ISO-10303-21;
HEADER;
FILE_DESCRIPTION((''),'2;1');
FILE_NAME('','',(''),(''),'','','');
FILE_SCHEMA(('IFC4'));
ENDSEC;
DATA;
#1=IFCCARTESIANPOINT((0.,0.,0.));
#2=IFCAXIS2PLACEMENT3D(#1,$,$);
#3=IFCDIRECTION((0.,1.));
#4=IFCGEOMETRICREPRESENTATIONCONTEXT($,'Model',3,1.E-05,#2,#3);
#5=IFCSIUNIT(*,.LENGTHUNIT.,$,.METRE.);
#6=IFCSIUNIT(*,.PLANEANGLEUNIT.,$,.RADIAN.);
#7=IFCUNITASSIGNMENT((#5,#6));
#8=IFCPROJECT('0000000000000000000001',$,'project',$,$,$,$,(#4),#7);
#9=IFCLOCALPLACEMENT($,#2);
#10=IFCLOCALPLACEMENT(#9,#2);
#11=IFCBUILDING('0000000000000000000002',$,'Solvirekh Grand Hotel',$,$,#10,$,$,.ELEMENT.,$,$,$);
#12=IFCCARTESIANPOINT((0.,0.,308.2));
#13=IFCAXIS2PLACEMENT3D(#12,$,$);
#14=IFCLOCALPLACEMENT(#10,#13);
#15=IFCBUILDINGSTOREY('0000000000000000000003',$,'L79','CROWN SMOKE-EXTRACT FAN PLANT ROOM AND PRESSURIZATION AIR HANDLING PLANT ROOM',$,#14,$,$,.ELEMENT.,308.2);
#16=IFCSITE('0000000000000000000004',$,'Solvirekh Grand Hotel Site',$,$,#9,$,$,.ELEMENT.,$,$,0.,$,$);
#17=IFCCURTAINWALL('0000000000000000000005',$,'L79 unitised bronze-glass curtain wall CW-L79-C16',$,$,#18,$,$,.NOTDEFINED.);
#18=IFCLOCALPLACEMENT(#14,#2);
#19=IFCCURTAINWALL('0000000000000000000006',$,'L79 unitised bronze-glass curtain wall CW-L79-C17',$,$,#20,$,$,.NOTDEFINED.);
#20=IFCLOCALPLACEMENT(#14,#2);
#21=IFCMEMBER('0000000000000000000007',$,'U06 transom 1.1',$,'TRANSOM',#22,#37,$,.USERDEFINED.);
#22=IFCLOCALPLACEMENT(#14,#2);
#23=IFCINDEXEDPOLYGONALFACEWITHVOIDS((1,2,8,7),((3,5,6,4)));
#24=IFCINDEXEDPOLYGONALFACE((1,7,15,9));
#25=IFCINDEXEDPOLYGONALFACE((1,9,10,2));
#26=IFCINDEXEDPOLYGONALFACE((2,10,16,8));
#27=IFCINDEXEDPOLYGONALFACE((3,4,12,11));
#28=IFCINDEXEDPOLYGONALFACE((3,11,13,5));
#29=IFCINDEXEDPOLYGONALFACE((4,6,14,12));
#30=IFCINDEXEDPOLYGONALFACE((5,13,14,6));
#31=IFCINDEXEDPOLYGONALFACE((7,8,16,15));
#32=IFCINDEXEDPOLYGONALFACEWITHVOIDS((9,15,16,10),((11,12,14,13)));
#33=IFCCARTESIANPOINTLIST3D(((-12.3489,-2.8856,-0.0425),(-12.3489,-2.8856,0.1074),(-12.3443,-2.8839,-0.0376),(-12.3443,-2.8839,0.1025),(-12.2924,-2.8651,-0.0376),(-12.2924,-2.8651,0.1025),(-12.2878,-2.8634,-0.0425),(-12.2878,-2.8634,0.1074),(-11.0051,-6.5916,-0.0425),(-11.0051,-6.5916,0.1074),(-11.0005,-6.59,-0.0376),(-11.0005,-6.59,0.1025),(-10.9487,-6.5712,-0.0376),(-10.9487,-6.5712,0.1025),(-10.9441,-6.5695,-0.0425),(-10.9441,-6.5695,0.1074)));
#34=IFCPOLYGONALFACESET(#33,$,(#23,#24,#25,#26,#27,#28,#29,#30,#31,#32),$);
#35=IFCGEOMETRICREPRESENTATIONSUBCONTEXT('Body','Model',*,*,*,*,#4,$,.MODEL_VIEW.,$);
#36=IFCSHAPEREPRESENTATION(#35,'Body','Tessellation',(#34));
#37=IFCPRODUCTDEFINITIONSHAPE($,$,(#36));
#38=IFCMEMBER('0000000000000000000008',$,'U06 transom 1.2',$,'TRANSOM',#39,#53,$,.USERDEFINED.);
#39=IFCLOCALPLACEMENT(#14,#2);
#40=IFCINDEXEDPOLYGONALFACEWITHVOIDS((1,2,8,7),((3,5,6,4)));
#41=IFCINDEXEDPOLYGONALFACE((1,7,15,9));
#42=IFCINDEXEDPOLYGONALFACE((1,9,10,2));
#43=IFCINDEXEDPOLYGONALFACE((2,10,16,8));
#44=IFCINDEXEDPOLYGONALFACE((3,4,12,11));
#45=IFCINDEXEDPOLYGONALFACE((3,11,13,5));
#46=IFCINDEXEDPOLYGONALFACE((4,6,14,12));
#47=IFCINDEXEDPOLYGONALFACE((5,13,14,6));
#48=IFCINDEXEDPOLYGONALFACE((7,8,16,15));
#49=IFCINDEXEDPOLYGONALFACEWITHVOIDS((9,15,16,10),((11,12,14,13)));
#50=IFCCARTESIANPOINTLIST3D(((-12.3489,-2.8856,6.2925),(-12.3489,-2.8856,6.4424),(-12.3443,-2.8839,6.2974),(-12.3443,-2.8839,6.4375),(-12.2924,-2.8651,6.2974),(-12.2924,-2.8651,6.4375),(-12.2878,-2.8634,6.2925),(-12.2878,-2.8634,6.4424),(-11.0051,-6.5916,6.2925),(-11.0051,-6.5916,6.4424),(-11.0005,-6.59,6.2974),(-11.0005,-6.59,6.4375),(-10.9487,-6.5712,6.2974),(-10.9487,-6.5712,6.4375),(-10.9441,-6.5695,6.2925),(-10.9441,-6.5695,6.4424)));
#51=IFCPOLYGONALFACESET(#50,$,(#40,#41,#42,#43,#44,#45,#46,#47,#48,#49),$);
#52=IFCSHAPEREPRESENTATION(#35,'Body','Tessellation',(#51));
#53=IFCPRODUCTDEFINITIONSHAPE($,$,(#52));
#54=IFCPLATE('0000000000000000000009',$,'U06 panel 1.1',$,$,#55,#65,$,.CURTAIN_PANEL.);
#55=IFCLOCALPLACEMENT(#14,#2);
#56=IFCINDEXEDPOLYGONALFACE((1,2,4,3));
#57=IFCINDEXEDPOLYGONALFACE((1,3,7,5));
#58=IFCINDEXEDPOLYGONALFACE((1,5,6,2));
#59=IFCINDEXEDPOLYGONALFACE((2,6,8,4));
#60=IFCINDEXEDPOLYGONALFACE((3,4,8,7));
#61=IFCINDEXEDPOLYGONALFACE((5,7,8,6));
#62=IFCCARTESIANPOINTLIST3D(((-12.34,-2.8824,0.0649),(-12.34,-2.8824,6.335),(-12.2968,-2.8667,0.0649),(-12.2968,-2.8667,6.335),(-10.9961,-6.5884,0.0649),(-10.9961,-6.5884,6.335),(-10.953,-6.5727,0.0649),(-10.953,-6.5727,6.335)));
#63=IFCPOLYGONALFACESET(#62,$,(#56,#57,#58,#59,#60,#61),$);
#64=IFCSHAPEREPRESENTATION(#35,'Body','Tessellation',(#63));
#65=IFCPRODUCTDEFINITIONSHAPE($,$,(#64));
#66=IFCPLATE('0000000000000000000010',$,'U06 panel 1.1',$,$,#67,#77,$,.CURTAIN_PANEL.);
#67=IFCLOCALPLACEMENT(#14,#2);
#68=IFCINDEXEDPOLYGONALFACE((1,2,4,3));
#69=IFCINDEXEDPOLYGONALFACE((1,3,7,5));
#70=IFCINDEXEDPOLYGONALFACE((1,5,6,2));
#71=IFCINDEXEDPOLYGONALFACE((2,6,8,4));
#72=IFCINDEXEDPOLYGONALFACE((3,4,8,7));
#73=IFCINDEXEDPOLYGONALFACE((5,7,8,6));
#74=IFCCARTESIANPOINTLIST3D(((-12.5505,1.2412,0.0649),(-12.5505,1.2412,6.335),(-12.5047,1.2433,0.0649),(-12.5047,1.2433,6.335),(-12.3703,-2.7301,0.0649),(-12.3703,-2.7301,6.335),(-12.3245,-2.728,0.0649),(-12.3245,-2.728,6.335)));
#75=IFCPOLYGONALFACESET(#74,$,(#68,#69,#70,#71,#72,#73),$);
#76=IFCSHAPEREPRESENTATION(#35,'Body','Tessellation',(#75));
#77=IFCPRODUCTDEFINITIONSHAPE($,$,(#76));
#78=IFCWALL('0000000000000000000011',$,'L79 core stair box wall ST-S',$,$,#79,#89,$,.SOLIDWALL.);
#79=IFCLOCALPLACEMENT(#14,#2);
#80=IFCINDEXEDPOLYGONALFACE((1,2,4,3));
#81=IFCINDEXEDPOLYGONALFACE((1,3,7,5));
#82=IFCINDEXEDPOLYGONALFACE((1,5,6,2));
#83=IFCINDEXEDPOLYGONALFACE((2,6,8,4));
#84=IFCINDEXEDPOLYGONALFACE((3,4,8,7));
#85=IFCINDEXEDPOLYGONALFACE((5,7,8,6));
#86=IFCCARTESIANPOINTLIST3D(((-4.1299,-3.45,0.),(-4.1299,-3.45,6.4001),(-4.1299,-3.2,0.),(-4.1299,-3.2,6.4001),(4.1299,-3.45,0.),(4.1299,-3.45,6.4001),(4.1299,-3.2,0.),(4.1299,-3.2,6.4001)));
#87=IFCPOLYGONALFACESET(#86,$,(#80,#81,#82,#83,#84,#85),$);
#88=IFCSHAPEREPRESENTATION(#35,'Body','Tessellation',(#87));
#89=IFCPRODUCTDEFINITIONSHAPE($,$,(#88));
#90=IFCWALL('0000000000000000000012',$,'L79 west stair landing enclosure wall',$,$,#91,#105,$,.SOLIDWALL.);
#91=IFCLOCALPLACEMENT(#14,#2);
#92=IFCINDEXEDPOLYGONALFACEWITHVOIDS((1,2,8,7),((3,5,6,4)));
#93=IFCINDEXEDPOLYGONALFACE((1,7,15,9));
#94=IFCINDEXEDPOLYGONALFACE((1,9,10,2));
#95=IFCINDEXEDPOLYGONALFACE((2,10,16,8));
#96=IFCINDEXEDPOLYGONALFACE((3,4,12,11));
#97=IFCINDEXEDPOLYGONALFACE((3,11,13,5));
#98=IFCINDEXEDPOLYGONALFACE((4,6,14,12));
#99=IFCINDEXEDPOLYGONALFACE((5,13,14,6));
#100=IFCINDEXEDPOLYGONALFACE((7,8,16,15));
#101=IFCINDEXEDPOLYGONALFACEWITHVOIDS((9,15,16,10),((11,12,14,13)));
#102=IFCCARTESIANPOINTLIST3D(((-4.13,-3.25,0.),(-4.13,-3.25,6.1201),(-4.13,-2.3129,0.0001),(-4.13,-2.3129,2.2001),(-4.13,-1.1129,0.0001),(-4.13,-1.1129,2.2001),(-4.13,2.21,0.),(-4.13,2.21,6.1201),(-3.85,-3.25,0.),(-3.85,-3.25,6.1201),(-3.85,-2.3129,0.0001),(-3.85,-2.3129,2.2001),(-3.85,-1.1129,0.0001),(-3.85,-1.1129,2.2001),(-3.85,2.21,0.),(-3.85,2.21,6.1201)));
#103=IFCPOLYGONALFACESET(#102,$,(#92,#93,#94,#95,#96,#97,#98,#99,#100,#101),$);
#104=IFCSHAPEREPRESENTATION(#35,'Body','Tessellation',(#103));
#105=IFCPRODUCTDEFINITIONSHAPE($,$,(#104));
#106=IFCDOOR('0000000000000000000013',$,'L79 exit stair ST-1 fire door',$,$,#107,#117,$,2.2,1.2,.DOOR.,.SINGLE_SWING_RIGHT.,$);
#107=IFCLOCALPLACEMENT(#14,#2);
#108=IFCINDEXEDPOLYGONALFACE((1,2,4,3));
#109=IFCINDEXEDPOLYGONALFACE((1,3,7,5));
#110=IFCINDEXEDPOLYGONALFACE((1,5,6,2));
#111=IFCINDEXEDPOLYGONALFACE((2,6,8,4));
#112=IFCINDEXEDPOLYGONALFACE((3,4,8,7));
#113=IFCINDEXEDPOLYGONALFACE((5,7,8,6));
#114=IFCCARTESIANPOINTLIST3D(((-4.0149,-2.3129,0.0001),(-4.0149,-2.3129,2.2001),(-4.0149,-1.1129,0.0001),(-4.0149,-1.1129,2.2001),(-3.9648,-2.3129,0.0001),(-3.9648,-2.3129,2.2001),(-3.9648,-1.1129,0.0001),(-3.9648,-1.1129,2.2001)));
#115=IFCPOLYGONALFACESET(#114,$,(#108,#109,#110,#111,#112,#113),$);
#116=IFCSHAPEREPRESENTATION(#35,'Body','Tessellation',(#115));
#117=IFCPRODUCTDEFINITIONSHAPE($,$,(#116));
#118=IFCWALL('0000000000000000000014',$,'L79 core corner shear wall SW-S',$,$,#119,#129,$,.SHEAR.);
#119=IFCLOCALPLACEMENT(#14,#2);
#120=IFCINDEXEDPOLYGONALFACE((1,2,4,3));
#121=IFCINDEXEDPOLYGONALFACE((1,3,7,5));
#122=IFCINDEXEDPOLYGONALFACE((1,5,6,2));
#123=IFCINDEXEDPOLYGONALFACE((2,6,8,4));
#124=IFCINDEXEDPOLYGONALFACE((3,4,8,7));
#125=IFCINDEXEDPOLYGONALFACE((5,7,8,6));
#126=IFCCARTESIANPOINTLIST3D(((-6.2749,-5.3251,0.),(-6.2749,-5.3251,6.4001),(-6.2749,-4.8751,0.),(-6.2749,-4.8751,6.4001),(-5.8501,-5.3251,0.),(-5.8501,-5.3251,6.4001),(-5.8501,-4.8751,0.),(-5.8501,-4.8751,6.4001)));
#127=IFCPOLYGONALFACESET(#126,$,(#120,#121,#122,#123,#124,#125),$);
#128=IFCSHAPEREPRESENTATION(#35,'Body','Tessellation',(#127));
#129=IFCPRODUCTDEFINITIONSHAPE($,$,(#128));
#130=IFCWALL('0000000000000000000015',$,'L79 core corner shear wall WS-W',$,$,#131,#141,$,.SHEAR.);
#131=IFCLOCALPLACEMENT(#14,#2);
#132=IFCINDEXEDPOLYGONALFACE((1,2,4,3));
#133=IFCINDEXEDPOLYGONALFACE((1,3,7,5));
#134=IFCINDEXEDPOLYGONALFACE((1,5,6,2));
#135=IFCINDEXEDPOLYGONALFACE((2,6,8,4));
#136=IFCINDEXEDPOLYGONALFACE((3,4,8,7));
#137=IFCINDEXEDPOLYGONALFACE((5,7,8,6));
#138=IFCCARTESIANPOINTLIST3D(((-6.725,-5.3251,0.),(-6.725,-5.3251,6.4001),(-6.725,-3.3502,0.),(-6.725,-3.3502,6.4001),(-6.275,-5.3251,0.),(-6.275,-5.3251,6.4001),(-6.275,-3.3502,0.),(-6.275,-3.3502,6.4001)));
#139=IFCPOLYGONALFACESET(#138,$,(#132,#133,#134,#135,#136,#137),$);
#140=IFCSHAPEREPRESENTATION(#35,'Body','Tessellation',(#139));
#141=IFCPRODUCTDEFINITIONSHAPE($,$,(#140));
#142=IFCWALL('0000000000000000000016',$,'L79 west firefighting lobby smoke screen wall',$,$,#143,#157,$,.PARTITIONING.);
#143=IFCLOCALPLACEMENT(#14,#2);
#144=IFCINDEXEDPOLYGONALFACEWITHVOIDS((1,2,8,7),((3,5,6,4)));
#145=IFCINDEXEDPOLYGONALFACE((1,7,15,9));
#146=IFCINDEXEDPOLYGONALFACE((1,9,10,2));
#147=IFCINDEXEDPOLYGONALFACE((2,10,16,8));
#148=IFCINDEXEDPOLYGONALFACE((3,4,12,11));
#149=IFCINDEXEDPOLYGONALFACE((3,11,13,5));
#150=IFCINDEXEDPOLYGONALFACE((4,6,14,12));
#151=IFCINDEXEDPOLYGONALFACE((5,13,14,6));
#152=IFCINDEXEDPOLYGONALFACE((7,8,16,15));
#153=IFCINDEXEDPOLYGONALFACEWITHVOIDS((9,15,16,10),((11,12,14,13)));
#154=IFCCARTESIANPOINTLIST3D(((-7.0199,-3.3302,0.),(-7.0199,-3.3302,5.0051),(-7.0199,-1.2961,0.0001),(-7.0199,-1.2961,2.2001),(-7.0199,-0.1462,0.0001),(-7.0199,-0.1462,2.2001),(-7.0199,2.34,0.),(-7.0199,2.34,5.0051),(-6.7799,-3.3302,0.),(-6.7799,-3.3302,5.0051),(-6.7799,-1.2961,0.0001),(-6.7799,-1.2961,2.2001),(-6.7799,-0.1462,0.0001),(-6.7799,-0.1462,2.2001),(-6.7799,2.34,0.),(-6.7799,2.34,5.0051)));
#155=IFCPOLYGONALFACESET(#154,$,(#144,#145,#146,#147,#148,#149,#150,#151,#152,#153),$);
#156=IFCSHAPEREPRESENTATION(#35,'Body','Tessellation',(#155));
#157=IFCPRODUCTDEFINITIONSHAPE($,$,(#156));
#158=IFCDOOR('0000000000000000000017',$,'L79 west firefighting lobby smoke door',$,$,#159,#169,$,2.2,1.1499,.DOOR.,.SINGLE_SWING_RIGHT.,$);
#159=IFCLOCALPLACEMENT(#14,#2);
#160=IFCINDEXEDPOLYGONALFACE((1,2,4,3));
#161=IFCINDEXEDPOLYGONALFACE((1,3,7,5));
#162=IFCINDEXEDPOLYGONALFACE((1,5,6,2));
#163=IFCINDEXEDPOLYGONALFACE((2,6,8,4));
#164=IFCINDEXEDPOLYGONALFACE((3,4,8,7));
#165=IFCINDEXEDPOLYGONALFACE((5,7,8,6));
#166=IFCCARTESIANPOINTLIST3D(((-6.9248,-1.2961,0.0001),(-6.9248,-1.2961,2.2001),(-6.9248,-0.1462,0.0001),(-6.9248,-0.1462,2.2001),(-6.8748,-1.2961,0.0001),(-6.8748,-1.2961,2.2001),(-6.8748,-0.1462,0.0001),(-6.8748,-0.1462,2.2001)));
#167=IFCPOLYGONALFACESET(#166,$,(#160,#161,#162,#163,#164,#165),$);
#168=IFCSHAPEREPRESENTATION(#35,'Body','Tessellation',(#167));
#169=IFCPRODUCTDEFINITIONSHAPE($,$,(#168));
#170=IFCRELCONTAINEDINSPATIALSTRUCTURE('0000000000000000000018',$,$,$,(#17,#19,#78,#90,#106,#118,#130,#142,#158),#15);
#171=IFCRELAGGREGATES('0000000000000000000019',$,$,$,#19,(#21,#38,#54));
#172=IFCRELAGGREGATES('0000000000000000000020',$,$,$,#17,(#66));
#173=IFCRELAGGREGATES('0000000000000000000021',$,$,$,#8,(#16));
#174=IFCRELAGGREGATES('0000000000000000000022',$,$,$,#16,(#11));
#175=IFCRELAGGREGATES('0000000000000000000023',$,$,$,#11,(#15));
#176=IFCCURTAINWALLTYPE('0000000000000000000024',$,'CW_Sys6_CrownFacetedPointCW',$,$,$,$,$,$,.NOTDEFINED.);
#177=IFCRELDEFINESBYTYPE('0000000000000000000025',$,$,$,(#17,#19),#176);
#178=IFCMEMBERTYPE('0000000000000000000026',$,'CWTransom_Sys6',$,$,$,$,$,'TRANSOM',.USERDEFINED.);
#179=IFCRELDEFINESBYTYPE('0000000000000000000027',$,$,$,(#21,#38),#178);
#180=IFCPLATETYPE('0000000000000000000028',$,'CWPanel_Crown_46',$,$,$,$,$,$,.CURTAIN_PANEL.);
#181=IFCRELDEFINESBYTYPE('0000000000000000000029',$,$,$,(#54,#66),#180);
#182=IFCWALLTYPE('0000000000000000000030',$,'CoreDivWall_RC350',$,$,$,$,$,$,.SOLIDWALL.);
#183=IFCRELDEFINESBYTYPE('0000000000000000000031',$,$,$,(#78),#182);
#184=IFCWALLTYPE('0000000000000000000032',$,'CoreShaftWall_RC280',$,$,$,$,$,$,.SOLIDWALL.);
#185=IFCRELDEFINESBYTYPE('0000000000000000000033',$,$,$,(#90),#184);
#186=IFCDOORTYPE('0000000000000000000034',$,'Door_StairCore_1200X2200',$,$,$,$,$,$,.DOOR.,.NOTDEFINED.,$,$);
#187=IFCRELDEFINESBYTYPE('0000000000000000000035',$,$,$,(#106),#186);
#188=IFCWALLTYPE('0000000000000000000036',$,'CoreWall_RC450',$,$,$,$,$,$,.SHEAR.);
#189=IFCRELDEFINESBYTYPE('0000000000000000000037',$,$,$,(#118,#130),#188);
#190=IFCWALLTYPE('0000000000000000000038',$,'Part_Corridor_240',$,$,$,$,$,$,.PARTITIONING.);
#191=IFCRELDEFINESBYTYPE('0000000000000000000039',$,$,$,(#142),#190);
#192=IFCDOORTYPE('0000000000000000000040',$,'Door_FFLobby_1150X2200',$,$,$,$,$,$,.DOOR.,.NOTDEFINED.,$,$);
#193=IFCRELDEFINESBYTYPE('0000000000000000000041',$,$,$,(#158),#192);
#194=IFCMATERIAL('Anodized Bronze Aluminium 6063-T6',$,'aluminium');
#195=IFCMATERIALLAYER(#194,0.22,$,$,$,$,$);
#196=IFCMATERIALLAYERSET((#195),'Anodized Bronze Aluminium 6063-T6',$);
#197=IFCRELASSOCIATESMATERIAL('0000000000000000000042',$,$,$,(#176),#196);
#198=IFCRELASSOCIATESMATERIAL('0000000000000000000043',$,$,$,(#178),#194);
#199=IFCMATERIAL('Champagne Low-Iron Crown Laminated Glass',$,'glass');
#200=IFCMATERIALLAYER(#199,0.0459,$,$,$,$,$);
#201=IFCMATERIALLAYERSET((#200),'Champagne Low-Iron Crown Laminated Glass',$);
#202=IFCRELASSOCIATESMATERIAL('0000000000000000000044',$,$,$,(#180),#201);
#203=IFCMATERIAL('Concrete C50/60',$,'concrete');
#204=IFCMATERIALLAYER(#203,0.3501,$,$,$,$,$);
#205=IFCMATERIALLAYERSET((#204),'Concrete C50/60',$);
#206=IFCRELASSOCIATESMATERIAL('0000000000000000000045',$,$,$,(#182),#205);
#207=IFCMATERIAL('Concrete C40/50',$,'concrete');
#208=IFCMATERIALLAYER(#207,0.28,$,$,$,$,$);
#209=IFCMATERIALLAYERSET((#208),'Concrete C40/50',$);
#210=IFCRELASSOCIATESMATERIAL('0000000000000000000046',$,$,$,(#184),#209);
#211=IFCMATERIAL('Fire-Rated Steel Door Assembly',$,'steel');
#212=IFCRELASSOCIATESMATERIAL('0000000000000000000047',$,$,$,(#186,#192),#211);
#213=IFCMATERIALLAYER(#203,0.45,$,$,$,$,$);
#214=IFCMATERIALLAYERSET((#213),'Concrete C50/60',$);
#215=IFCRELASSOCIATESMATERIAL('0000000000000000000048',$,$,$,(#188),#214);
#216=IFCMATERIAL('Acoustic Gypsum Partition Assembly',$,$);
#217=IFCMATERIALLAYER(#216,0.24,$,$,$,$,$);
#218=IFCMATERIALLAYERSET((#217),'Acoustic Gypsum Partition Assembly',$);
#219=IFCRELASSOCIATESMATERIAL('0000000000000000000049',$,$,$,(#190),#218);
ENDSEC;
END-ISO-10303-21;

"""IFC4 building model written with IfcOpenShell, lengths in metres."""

from ifc_helpers import new_model, si_unit, direction, frame, frame_2d, origin, origin_2d, place, context, subcontext, project, spatial, rectangle, hollow_rectangle, extrude, source, transform, mapped, material, layer, layer_set, material_profile, profile_set, type_object, element, fill, aggregate, save


model = new_model("IFC4")

# Units and contexts
model_context = context("Model", 3, precision=1e-05, world=origin(), true_north=direction((0.0, 1.0)))
body_context = subcontext(model_context, "Body", "Model", "MODEL_VIEW")
ifc_project = project(units=[si_unit("LENGTHUNIT", "METRE"), si_unit("PLANEANGLEUNIT", "RADIAN")], contexts=[model_context])

# Site, building, storey
site_placement = place(None, origin())
site = spatial("IfcSite", under=ifc_project, at=site_placement, Name="Solvirekh Grand Hotel Site", CompositionType="ELEMENT", RefElevation=0.0)
building_placement = place(site_placement, origin())
building = spatial("IfcBuilding", under=site, at=building_placement, Name="Solvirekh Grand Hotel", CompositionType="ELEMENT")
storey_placement = place(building_placement, frame((0.0, 0.0, 308.2)))
storey = spatial("IfcBuildingStorey", under=building, at=storey_placement, Name="L79", Description="CROWN SMOKE-EXTRACT FAN PLANT ROOM AND PRESSURIZATION AIR HANDLING PLANT ROOM", CompositionType="ELEMENT", Elevation=308.2)

# Shared definitions
ifc_material_1 = material(Name="Concrete C50/60", Category="concrete")

# Curtain wall
ifc_material_2 = material(Name="Anodized Bronze Aluminium 6063-T6", Category="aluminium")
ifc_layer_1 = layer(ifc_material_2, 0.22)
ifc_layer_set_1 = layer_set([ifc_layer_1], Name="Anodized Bronze Aluminium 6063-T6")
curtain_wall_type = type_object("IfcCurtainWallType", Name="CW_Sys6_CrownFacetedPointCW", PredefinedType="NOTDEFINED", material=ifc_layer_set_1)
curtain_wall_1_placement = place(storey_placement, origin())
curtain_wall_1 = element("IfcCurtainWall", 1, at=curtain_wall_1_placement, inside=storey, type_object=curtain_wall_type, Name="L79 unitised bronze-glass curtain wall CW-L79-C16", PredefinedType="NOTDEFINED")

# Curtain wall, members, plate
curtain_wall_2_placement = place(storey_placement, origin())
curtain_wall_2 = element("IfcCurtainWall", 2, at=curtain_wall_2_placement, inside=storey, type_object=curtain_wall_type, Name="L79 unitised bronze-glass curtain wall CW-L79-C17", PredefinedType="NOTDEFINED")
ifc_material_profile_1 = material_profile(ifc_material_2, hollow_rectangle(XDim=0.0649, YDim=0.1499, WallThickness=0.0049, at=origin_2d()), Name="ALU RHS 150X65X5")
ifc_profile_set_1 = profile_set([ifc_material_profile_1], Name="Anodized Bronze Aluminium 6063-T6")
member_type_1 = type_object("IfcMemberType", Name="CWTransom_Sys6", ElementType="TRANSOM", PredefinedType="USERDEFINED", material=ifc_profile_set_1)
shared_shape_1 = source(origin(), body_context, "Body", "SweptSolid", [
    extrude(hollow_rectangle(XDim=0.0649, YDim=0.1499, WallThickness=0.0049, at=origin_2d()), origin(), (0.0, 0.0, 1.0), 3.9421),
])
member_1_placement = place(storey_placement, frame((-12.3184, -2.8745, 0.0325), z_axis=(0.340868, -0.940111, 0.0), x_axis=(0.940111, 0.340868, 0.0)))
member_1 = element("IfcMember", 3, at=member_1_placement, type_object=member_type_1, Name="U06 transom 1.1", ObjectType="TRANSOM", PredefinedType="USERDEFINED", context=body_context, shape_type="MappedRepresentation", body=[
    mapped(shared_shape_1, transform((0.0, 0.0, 0.0), x_axis=(1.0, 0.0, 0.0), y_axis=(0.0, 1.0, 0.0), z_axis=(0.0, 0.0, 1.0), scale=1.0)),
])
member_2_placement = place(storey_placement, frame((-12.3184, -2.8745, 6.3674), z_axis=(0.340868, -0.940111, 0.0), x_axis=(0.940111, 0.340868, 0.0)))
member_2 = element("IfcMember", 4, at=member_2_placement, type_object=member_type_1, Name="U06 transom 1.2", ObjectType="TRANSOM", PredefinedType="USERDEFINED", context=body_context, shape_type="MappedRepresentation", body=[
    mapped(shared_shape_1, transform((0.0, 0.0, 0.0), x_axis=(1.0, 0.0, 0.0), y_axis=(0.0, 1.0, 0.0), z_axis=(0.0, 0.0, 1.0), scale=1.0)),
])
ifc_material_3 = material(Name="Champagne Low-Iron Crown Laminated Glass", Category="glass")
ifc_layer_2 = layer(ifc_material_3, 0.0459)
ifc_layer_set_2 = layer_set([ifc_layer_2], Name="Champagne Low-Iron Crown Laminated Glass")
plate_type = type_object("IfcPlateType", Name="CWPanel_Crown_46", PredefinedType="CURTAIN_PANEL", material=ifc_layer_set_2)
shared_shape_2 = source(origin(), body_context, "Body", "SweptSolid", [
    extrude(rectangle(XDim=3.9421, YDim=0.0459, at=origin_2d()), origin(), (0.0, 0.0, 1.0), 6.27),
])
plate_1_placement = place(storey_placement, frame((-11.6465, -4.7275, 0.0649), z_axis=(0.0, 0.0, 1.0), x_axis=(0.340899, -0.9401, 0.0)))
plate_1 = element("IfcPlate", 5, at=plate_1_placement, type_object=plate_type, Name="U06 panel 1.1", PredefinedType="CURTAIN_PANEL", context=body_context, shape_type="MappedRepresentation", body=[
    mapped(shared_shape_2, transform((0.0, 0.0, 0.0), x_axis=(1.0, 0.0, 0.0), y_axis=(0.0, 1.0, 0.0), z_axis=(0.0, 0.0, 1.0), scale=1.0)),
])
aggregate(curtain_wall_2, [member_1, member_2, plate_1])

# Plate
shared_shape_3 = source(origin(), body_context, "Body", "SweptSolid", [
    extrude(rectangle(XDim=3.9753, YDim=0.0459, at=origin_2d()), origin(), (0.0, 0.0, 1.0), 6.27),
])
plate_2_placement = place(storey_placement, frame((-12.4375, -0.7434, 0.0649), z_axis=(0.0, 0.0, 1.0), x_axis=(0.045331, -0.998972, 0.0)))
plate_2 = element("IfcPlate", 6, at=plate_2_placement, type_object=plate_type, Name="U06 panel 1.1", PredefinedType="CURTAIN_PANEL", context=body_context, shape_type="MappedRepresentation", body=[
    mapped(shared_shape_3, transform((0.0, 0.0, 0.0), x_axis=(1.0, 0.0, 0.0), y_axis=(0.0, 1.0, 0.0), z_axis=(0.0, 0.0, 1.0), scale=1.0)),
])
aggregate(curtain_wall_1, [plate_2])

# Wall
ifc_layer_3 = layer(ifc_material_1, 0.3501)
ifc_layer_set_3 = layer_set([ifc_layer_3], Name="Concrete C50/60")
wall_type_1 = type_object("IfcWallType", Name="CoreDivWall_RC350", PredefinedType="SOLIDWALL", material=ifc_layer_set_3)
wall_1_placement = place(storey_placement, frame((-4.1299, -3.325, 0.0), z_axis=(0.0, 0.0, 1.0), x_axis=(1.0, 0.0, 0.0)))
element("IfcWall", 7, at=wall_1_placement, inside=storey, type_object=wall_type_1, Name="L79 core stair box wall ST-S", PredefinedType="SOLIDWALL", context=body_context, shape_type="SweptSolid", body=[
    extrude(rectangle(XDim=8.2598, YDim=0.25, at=frame_2d((4.1299, 0.0))), origin(), (0.0, 0.0, 1.0), 6.4001),
])

# Wall, opening, door
ifc_material_4 = material(Name="Concrete C40/50", Category="concrete")
ifc_layer_4 = layer(ifc_material_4, 0.28)
ifc_layer_set_4 = layer_set([ifc_layer_4], Name="Concrete C40/50")
wall_type_2 = type_object("IfcWallType", Name="CoreShaftWall_RC280", PredefinedType="SOLIDWALL", material=ifc_layer_set_4)
wall_2_placement = place(storey_placement, frame((-3.99, -3.25, 0.0), z_axis=(0.0, 0.0, 1.0), x_axis=(0.0, 1.0, 0.0)))
wall_2 = element("IfcWall", 8, at=wall_2_placement, inside=storey, type_object=wall_type_2, Name="L79 west stair landing enclosure wall", PredefinedType="SOLIDWALL", context=body_context, shape_type="SweptSolid", body=[
    extrude(rectangle(XDim=5.46, YDim=0.28, at=frame_2d((2.73, 0.0))), origin(), (0.0, 0.0, 1.0), 6.1201),
])
opening_1_placement = place(wall_2_placement, frame((0.937, 0.0, 0.0)))
opening_1 = element("IfcOpeningElement", 9, at=opening_1_placement, cuts=wall_2, PredefinedType="OPENING", context=body_context, shape_type="SweptSolid", body=[
    extrude(rectangle(XDim=1.2, YDim=2.2, at=frame_2d((0.6001, 1.1001))), frame((0.0, 0.1499, 0.0), z_axis=(0.0, -1.0, 0.0), x_axis=(1.0, 0.0, 0.0)), (0.0, 0.0, 1.0), 0.3),
])
ifc_material_5 = material(Name="Fire-Rated Steel Door Assembly", Category="steel")
door_type_1 = type_object("IfcDoorType", Name="Door_StairCore_1200X2200", OperationType="NOTDEFINED", PredefinedType="DOOR", material=ifc_material_5)
door_1_placement = place(opening_1_placement, origin())
door_1 = element("IfcDoor", 10, at=door_1_placement, inside=storey, type_object=door_type_1, Name="L79 exit stair ST-1 fire door", OperationType="SINGLE_SWING_RIGHT", OverallHeight=2.2, OverallWidth=1.2, PredefinedType="DOOR", context=body_context, shape_type="SweptSolid", body=[
    extrude(rectangle(XDim=1.2, YDim=2.2, at=frame_2d((0.6001, 1.1001))), frame((0.0, 0.0249, 0.0), z_axis=(0.0, -1.0, 0.0), x_axis=(1.0, 0.0, 0.0)), (0.0, 0.0, 1.0), 0.05),
])
fill(opening_1, door_1)

# Walls
ifc_layer_5 = layer(ifc_material_1, 0.45)
ifc_layer_set_5 = layer_set([ifc_layer_5], Name="Concrete C50/60")
wall_type_3 = type_object("IfcWallType", Name="CoreWall_RC450", PredefinedType="SHEAR", material=ifc_layer_set_5)
wall_3_placement = place(storey_placement, frame((-6.2749, -5.1001, 0.0), z_axis=(0.0, 0.0, 1.0), x_axis=(1.0, 0.0, 0.0)))
element("IfcWall", 11, at=wall_3_placement, inside=storey, type_object=wall_type_3, Name="L79 core corner shear wall SW-S", PredefinedType="SHEAR", context=body_context, shape_type="SweptSolid", body=[
    extrude(rectangle(XDim=0.4248, YDim=0.45, at=frame_2d((0.2124, 0.0))), origin(), (0.0, 0.0, 1.0), 6.4001),
])
wall_4_placement = place(storey_placement, frame((-6.5, -5.325, 0.0), z_axis=(0.0, 0.0, 1.0), x_axis=(0.0, 1.0, 0.0)))
element("IfcWall", 12, at=wall_4_placement, inside=storey, type_object=wall_type_3, Name="L79 core corner shear wall WS-W", PredefinedType="SHEAR", context=body_context, shape_type="SweptSolid", body=[
    extrude(rectangle(XDim=1.9749, YDim=0.45, at=frame_2d((0.9873, 0.0))), origin(), (0.0, 0.0, 1.0), 6.4001),
])

# Wall, opening, door
ifc_material_6 = material(Name="Acoustic Gypsum Partition Assembly")
ifc_layer_6 = layer(ifc_material_6, 0.24)
ifc_layer_set_6 = layer_set([ifc_layer_6], Name="Acoustic Gypsum Partition Assembly")
wall_type_4 = type_object("IfcWallType", Name="Part_Corridor_240", PredefinedType="PARTITIONING", material=ifc_layer_set_6)
wall_5_placement = place(storey_placement, frame((-6.8999, -3.3301, 0.0), z_axis=(0.0, 0.0, 1.0), x_axis=(0.0, 1.0, 0.0)))
wall_5 = element("IfcWall", 13, at=wall_5_placement, inside=storey, type_object=wall_type_4, Name="L79 west firefighting lobby smoke screen wall", PredefinedType="PARTITIONING", context=body_context, shape_type="SweptSolid", body=[
    extrude(rectangle(XDim=5.6702, YDim=0.24, at=frame_2d((2.835, 0.0))), origin(), (0.0, 0.0, 1.0), 5.0051),
])
opening_2_placement = place(wall_5_placement, frame((2.0339, 0.0, 0.0)))
opening_2 = element("IfcOpeningElement", 14, at=opening_2_placement, cuts=wall_5, PredefinedType="OPENING", context=body_context, shape_type="SweptSolid", body=[
    extrude(rectangle(XDim=1.1499, YDim=2.2, at=frame_2d((0.575, 1.1001))), frame((0.0, 0.1299, 0.0), z_axis=(0.0, -1.0, 0.0), x_axis=(1.0, 0.0, 0.0)), (0.0, 0.0, 1.0), 0.26),
])
door_type_2 = type_object("IfcDoorType", Name="Door_FFLobby_1150X2200", OperationType="NOTDEFINED", PredefinedType="DOOR", material=ifc_material_5)
door_2_placement = place(opening_2_placement, origin())
door_2 = element("IfcDoor", 15, at=door_2_placement, inside=storey, type_object=door_type_2, Name="L79 west firefighting lobby smoke door", OperationType="SINGLE_SWING_RIGHT", OverallHeight=2.2, OverallWidth=1.1499, PredefinedType="DOOR", context=body_context, shape_type="SweptSolid", body=[
    extrude(rectangle(XDim=1.1499, YDim=2.2, at=frame_2d((0.575, 1.1001))), frame((0.0, 0.0249, 0.0), z_axis=(0.0, -1.0, 0.0), x_axis=(1.0, 0.0, 0.0)), (0.0, 0.0, 1.0), 0.05),
])
fill(opening_2, door_2)

save(model, "model.ifc")
